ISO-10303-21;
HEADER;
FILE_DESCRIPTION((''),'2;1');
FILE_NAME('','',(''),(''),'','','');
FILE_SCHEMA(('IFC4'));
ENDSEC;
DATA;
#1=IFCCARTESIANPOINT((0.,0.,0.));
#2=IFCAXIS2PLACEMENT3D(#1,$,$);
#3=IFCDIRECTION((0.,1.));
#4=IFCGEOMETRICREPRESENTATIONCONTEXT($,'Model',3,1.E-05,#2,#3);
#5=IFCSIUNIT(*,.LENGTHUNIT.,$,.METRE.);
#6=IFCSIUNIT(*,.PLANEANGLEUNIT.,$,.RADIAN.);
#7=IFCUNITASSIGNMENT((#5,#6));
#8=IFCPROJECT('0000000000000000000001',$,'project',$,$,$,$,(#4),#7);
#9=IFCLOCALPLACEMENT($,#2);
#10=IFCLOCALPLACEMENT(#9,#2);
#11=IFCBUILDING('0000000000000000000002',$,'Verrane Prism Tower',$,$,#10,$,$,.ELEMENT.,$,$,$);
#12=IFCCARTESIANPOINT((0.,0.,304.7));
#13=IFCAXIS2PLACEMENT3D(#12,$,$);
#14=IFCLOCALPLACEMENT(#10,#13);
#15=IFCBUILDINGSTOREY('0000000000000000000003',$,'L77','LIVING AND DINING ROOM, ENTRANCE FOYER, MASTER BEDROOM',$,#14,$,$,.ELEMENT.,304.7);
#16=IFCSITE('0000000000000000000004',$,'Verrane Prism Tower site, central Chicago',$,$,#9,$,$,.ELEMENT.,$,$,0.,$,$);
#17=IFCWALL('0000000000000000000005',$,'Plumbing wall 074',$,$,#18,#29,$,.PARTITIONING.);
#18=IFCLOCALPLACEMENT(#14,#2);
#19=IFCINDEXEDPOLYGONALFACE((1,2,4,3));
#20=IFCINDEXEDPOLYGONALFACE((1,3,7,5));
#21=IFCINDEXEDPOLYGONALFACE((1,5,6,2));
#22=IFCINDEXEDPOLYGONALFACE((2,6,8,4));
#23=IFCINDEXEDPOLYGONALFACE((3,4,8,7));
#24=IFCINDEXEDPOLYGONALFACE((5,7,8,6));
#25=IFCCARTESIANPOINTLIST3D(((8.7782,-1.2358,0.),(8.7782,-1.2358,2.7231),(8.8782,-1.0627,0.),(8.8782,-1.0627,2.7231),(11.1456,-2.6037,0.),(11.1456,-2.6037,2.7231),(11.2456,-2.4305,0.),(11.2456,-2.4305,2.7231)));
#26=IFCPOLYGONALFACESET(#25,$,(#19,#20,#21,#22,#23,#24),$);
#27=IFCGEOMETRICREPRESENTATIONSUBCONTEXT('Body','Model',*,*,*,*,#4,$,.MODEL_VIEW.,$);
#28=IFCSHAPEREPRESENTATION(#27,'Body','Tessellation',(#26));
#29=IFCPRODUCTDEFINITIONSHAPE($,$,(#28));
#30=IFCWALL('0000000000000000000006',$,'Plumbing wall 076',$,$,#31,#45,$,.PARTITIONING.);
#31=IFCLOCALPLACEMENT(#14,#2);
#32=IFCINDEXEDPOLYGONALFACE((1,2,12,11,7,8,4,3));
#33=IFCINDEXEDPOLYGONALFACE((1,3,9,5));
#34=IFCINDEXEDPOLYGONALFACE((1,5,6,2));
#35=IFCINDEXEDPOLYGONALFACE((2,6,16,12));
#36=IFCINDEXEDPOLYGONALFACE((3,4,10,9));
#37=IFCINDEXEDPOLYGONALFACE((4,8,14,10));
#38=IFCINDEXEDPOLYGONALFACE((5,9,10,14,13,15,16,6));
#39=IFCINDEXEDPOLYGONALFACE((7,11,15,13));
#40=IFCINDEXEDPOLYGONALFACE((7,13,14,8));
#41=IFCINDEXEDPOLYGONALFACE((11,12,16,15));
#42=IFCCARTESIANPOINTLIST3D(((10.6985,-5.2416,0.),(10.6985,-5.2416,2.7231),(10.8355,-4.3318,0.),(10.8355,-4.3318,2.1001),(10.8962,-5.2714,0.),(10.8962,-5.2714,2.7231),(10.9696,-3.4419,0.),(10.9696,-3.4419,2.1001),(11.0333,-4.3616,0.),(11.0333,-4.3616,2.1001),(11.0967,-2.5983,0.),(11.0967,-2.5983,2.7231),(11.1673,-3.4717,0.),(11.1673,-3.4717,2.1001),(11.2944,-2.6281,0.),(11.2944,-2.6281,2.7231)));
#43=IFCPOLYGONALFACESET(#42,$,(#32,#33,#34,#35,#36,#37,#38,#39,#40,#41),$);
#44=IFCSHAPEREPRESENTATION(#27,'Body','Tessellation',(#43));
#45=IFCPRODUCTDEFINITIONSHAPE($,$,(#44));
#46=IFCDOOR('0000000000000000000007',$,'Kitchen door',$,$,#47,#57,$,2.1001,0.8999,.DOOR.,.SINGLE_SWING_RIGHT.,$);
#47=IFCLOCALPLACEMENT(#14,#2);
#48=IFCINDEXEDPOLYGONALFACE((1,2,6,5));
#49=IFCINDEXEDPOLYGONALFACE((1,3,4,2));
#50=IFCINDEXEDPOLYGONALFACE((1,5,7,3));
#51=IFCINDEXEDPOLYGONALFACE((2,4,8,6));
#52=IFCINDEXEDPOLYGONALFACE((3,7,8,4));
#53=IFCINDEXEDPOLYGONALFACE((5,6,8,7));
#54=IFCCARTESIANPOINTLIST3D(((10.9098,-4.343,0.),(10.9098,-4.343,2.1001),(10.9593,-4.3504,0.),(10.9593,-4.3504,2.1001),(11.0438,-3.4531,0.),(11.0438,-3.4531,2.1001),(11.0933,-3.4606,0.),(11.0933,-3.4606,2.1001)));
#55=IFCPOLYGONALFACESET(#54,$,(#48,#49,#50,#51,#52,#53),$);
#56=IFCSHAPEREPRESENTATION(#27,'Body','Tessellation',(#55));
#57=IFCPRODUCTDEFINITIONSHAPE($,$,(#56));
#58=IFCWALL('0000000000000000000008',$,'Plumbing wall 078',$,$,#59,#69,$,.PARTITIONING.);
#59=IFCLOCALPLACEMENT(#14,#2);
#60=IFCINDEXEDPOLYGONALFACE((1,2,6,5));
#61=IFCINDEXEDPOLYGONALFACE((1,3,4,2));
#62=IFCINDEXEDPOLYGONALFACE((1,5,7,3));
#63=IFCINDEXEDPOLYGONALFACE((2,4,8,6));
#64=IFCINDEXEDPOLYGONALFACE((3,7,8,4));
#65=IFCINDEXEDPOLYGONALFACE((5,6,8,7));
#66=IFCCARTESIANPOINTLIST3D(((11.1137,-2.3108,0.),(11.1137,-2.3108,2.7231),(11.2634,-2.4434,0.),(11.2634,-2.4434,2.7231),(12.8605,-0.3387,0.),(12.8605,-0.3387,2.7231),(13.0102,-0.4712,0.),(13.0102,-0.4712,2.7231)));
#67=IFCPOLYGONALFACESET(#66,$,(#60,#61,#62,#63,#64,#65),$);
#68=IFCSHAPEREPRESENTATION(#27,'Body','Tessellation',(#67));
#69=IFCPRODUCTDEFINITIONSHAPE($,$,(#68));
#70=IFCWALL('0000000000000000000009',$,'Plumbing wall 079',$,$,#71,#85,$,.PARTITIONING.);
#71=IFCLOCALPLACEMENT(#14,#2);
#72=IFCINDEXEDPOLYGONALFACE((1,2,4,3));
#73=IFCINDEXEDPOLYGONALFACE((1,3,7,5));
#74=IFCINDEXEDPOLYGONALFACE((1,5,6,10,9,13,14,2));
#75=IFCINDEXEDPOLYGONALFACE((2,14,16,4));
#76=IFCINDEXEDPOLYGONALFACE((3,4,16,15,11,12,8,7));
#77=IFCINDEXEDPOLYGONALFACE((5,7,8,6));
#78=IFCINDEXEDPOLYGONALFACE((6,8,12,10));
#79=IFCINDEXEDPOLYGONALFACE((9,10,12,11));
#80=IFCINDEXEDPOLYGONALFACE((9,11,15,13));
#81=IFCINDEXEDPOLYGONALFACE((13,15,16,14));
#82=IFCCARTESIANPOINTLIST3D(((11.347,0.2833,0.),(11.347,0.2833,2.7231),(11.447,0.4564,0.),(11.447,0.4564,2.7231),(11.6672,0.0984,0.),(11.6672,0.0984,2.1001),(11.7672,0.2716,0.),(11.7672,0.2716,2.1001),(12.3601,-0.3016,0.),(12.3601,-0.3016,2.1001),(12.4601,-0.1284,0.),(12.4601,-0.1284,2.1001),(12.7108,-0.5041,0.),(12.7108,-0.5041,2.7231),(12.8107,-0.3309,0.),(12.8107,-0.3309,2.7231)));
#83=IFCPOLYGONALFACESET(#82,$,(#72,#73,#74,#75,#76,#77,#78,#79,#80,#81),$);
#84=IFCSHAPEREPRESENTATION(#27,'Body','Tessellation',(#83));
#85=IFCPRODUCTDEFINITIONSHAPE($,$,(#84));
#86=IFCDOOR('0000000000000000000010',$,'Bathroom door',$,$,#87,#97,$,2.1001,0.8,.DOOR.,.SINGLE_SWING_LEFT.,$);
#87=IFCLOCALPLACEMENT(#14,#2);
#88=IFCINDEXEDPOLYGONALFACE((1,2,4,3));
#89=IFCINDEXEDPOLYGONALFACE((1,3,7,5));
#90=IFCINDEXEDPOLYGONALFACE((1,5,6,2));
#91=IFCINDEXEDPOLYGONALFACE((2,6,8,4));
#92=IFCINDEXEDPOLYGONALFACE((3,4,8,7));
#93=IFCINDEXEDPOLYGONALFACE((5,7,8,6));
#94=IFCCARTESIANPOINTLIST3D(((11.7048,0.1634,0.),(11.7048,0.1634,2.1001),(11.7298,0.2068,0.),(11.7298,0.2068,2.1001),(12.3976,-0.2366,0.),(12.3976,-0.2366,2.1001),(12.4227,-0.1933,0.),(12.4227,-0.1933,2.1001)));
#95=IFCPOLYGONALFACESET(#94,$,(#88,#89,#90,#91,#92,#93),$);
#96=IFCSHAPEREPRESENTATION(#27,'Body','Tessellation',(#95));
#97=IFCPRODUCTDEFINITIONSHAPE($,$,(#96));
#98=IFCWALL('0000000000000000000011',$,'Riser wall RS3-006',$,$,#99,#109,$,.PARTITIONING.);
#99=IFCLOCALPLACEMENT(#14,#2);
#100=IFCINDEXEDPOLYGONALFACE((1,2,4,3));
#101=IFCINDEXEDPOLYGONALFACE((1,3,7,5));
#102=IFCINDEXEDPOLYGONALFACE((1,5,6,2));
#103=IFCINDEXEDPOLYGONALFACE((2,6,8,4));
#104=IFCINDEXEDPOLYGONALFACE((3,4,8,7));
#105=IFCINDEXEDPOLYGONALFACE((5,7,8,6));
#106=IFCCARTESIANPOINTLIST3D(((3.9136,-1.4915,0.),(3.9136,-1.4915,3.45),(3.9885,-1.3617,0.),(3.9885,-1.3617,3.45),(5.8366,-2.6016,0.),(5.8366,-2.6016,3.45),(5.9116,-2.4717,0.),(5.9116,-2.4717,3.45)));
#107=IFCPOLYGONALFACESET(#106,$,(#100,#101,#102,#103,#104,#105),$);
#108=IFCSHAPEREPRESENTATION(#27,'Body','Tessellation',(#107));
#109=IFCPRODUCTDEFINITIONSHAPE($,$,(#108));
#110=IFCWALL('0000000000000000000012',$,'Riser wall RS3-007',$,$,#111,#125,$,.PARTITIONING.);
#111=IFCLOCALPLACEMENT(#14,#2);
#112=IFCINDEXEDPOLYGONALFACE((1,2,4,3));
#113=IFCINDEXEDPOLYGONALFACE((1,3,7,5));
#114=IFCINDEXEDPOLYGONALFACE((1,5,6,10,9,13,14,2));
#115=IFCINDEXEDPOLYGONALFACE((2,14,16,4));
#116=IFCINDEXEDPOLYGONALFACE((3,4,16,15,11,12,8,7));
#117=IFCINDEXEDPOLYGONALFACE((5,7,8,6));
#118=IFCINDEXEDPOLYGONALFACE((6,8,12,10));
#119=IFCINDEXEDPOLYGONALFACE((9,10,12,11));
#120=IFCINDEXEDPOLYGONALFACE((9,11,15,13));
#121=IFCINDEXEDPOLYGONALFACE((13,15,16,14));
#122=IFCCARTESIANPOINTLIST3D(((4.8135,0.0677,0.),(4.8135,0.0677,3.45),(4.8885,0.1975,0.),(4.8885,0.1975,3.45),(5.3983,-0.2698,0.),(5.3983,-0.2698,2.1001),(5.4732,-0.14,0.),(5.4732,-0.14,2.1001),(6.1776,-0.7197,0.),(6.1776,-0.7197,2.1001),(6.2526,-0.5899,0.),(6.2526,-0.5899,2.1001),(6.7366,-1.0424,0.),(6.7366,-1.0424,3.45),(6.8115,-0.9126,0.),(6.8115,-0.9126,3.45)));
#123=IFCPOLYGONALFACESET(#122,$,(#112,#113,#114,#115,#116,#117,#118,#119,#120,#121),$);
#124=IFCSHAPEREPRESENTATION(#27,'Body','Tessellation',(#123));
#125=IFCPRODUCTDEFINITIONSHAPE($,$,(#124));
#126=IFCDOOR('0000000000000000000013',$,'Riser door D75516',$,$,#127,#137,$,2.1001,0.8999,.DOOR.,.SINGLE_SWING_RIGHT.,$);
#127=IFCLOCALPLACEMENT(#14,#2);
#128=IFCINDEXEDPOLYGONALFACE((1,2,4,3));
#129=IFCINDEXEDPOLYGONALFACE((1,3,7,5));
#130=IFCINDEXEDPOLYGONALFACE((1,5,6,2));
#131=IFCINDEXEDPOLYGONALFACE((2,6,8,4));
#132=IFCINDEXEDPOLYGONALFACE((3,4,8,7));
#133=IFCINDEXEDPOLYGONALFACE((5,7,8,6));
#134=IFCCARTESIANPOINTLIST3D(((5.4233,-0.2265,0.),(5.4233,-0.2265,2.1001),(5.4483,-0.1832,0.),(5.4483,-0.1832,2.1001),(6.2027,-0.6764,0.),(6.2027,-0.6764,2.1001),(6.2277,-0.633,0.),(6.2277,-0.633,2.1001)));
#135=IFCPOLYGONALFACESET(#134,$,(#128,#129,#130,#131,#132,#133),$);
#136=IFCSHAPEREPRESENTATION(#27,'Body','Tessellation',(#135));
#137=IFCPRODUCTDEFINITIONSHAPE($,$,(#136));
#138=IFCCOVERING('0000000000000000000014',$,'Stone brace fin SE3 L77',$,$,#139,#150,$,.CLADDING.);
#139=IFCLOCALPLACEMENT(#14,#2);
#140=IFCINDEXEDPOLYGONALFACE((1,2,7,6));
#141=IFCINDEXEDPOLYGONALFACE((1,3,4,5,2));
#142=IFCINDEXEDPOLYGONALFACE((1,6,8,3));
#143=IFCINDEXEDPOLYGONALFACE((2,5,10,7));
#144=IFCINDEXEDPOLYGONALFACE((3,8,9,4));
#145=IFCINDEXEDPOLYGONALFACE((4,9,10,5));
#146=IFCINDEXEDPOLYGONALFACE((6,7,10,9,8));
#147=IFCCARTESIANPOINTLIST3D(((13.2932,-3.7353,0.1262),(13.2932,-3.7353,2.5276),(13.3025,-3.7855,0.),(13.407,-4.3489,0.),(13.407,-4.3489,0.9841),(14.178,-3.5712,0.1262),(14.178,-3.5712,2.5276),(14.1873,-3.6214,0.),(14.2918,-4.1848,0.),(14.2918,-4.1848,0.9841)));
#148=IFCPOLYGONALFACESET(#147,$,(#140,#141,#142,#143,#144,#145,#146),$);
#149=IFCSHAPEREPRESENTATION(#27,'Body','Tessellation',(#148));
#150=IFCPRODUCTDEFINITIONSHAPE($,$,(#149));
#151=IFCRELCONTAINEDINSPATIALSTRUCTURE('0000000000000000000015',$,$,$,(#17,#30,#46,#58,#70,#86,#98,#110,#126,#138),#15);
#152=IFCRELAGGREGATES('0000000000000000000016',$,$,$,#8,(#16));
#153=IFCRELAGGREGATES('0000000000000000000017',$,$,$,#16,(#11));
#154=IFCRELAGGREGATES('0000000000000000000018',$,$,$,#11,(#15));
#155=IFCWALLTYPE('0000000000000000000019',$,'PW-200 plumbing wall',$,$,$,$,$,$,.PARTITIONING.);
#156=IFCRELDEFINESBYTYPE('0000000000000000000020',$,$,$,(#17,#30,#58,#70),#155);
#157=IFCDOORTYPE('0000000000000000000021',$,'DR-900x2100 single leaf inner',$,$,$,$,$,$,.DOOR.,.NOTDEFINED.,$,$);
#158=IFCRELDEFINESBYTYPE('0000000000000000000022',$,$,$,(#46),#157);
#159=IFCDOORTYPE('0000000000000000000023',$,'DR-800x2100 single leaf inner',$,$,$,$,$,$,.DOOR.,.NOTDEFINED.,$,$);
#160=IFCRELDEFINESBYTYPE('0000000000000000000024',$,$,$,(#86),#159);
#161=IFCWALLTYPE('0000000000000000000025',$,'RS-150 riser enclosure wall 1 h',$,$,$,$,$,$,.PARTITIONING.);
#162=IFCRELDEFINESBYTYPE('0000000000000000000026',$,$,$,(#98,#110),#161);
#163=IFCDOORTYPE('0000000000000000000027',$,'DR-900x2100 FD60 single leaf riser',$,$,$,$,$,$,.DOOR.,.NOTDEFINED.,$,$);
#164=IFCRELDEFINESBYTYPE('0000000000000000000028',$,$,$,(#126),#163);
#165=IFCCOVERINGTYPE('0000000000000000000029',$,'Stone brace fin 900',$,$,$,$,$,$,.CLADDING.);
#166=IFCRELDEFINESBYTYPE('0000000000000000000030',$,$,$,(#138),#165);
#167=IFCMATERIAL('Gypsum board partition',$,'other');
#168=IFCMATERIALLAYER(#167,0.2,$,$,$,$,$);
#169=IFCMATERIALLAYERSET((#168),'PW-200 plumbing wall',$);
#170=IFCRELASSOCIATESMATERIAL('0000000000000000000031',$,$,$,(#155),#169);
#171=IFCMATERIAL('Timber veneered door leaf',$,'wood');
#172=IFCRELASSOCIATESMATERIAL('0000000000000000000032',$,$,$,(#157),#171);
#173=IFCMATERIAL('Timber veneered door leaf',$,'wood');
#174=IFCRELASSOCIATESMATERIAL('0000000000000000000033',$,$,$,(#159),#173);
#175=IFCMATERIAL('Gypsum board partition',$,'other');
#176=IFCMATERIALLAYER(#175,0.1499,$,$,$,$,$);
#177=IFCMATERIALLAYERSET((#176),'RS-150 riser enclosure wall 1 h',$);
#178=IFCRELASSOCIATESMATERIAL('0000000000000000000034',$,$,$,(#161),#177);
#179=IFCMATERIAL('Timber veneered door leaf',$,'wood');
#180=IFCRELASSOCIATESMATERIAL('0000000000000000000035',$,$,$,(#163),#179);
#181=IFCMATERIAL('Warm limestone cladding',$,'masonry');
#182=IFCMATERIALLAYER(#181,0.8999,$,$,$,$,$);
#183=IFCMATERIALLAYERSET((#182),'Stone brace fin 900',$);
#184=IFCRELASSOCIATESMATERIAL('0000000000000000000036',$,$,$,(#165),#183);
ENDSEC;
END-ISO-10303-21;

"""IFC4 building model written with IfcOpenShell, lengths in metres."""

from ifc_helpers import new_model, si_unit, direction, frame, frame_2d, origin, place, context, subcontext, project, spatial, polyline, rectangle, outline, extrude, material, layer, layer_set, type_object, element, fill, save


model = new_model("IFC4")

# Units and contexts
model_context = context("Model", 3, precision=1e-05, world=origin(), true_north=direction((0.0, 1.0)))
body_context = subcontext(model_context, "Body", "Model", "MODEL_VIEW")
ifc_project = project(units=[si_unit("LENGTHUNIT", "METRE"), si_unit("PLANEANGLEUNIT", "RADIAN")], contexts=[model_context])

# Site, building, storey
site_placement = place(None, origin())
site = spatial("IfcSite", under=ifc_project, at=site_placement, Name="Verrane Prism Tower site, central Chicago", CompositionType="ELEMENT", RefElevation=0.0)
building_placement = place(site_placement, origin())
building = spatial("IfcBuilding", under=site, at=building_placement, Name="Verrane Prism Tower", CompositionType="ELEMENT")
storey_placement = place(building_placement, frame((0.0, 0.0, 304.7)))
storey = spatial("IfcBuildingStorey", under=building, at=storey_placement, Name="L77", Description="LIVING AND DINING ROOM, ENTRANCE FOYER, MASTER BEDROOM", CompositionType="ELEMENT", Elevation=304.7)

# Wall
ifc_material_1 = material(Name="Gypsum board partition", Category="other")
ifc_layer_1 = layer(ifc_material_1, 0.2)
ifc_layer_set_1 = layer_set([ifc_layer_1], Name="PW-200 plumbing wall")
wall_type_1 = type_object("IfcWallType", Name="PW-200 plumbing wall", PredefinedType="PARTITIONING", material=ifc_layer_set_1)
wall_1_placement = place(storey_placement, frame((8.8281, -1.1492, 0.0), z_axis=(0.0, 0.0, 1.0), x_axis=(0.865854, -0.500297, 0.0)))
element("IfcWall", 1, at=wall_1_placement, inside=storey, type_object=wall_type_1, Name="Plumbing wall 074", PredefinedType="PARTITIONING", context=body_context, shape_type="SweptSolid", body=[
    extrude(rectangle(XDim=2.7341, YDim=0.2, at=frame_2d((1.3672, 0.0))), origin(), (0.0, 0.0, 1.0), 2.7231),
])

# Wall, opening, door
wall_2_placement = place(storey_placement, frame((10.7974, -5.2563, 0.0), z_axis=(0.0, 0.0, 1.0), x_axis=(0.148961, 0.988843, 0.0)))
wall_2 = element("IfcWall", 2, at=wall_2_placement, inside=storey, type_object=wall_type_1, Name="Plumbing wall 076", PredefinedType="PARTITIONING", context=body_context, shape_type="SweptSolid", body=[
    extrude(rectangle(XDim=2.6731, YDim=0.2, at=frame_2d((1.3364, 0.0))), origin(), (0.0, 0.0, 1.0), 2.7231),
])
opening_1_placement = place(wall_2_placement, frame((0.9199, 0.0, 0.0)))
opening_1 = element("IfcOpeningElement", 3, at=opening_1_placement, cuts=wall_2, PredefinedType="OPENING", context=body_context, shape_type="SweptSolid", body=[
    extrude(rectangle(XDim=0.8999, YDim=2.1001, at=frame_2d((0.45, 1.05))), frame((0.0, 0.1099, 0.0), z_axis=(0.0, -1.0, 0.0), x_axis=(1.0, 0.0, 0.0)), (0.0, 0.0, 1.0), 0.22),
])
ifc_material_2 = material(Name="Timber veneered door leaf", Category="wood")
door_type_1 = type_object("IfcDoorType", Name="DR-900x2100 single leaf inner", OperationType="NOTDEFINED", PredefinedType="DOOR", material=ifc_material_2)
door_1_placement = place(opening_1_placement, origin())
door_1 = element("IfcDoor", 4, at=door_1_placement, inside=storey, type_object=door_type_1, Name="Kitchen door", OperationType="SINGLE_SWING_RIGHT", OverallHeight=2.1001, OverallWidth=0.8999, PredefinedType="DOOR", context=body_context, shape_type="SweptSolid", body=[
    extrude(rectangle(XDim=0.8999, YDim=2.1001, at=frame_2d((0.45, 1.05))), frame((0.0, 0.0249, 0.0), z_axis=(0.0, -1.0, 0.0), x_axis=(1.0, 0.0, 0.0)), (0.0, 0.0, 1.0), 0.05),
])
fill(opening_1, door_1)

# Wall
wall_3_placement = place(storey_placement, frame((11.1885, -2.3772, 0.0), z_axis=(0.0, 0.0, 1.0), x_axis=(0.663046, 0.748579, 0.0)))
element("IfcWall", 5, at=wall_3_placement, inside=storey, type_object=wall_type_1, Name="Plumbing wall 078", PredefinedType="PARTITIONING", context=body_context, shape_type="SweptSolid", body=[
    extrude(rectangle(XDim=2.6345, YDim=0.2, at=frame_2d((1.3174, 0.0))), origin(), (0.0, 0.0, 1.0), 2.7231),
])

# Wall, opening, door
wall_4_placement = place(storey_placement, frame((12.7607, -0.4175, 0.0), z_axis=(0.0, 0.0, 1.0), x_axis=(-0.866031, 0.499991, 0.0)))
wall_4 = element("IfcWall", 6, at=wall_4_placement, inside=storey, type_object=wall_type_1, Name="Plumbing wall 079", PredefinedType="PARTITIONING", context=body_context, shape_type="SweptSolid", body=[
    extrude(rectangle(XDim=1.5747, YDim=0.2, at=frame_2d((0.7874, 0.0))), origin(), (0.0, 0.0, 1.0), 2.7231),
])
opening_2_placement = place(wall_4_placement, frame((0.405, 0.0, 0.0)))
opening_2 = element("IfcOpeningElement", 7, at=opening_2_placement, cuts=wall_4, PredefinedType="OPENING", context=body_context, shape_type="SweptSolid", body=[
    extrude(rectangle(XDim=0.8, YDim=2.1001, at=frame_2d((0.3999, 1.05))), frame((0.0, 0.1099, 0.0), z_axis=(0.0, -1.0, 0.0), x_axis=(1.0, 0.0, 0.0)), (0.0, 0.0, 1.0), 0.22),
])
ifc_material_3 = material(Name="Timber veneered door leaf", Category="wood")
door_type_2 = type_object("IfcDoorType", Name="DR-800x2100 single leaf inner", OperationType="NOTDEFINED", PredefinedType="DOOR", material=ifc_material_3)
door_2_placement = place(opening_2_placement, origin())
door_2 = element("IfcDoor", 8, at=door_2_placement, inside=storey, type_object=door_type_2, Name="Bathroom door", OperationType="SINGLE_SWING_LEFT", OverallHeight=2.1001, OverallWidth=0.8, PredefinedType="DOOR", context=body_context, shape_type="SweptSolid", body=[
    extrude(rectangle(XDim=0.8, YDim=2.1001, at=frame_2d((0.3999, 1.05))), frame((0.0, 0.0249, 0.0), z_axis=(0.0, -1.0, 0.0), x_axis=(1.0, 0.0, 0.0)), (0.0, 0.0, 1.0), 0.05),
])
fill(opening_2, door_2)

# Wall
ifc_material_4 = material(Name="Gypsum board partition", Category="other")
ifc_layer_2 = layer(ifc_material_4, 0.1499)
ifc_layer_set_2 = layer_set([ifc_layer_2], Name="RS-150 riser enclosure wall 1 h")
wall_type_2 = type_object("IfcWallType", Name="RS-150 riser enclosure wall 1 h", PredefinedType="PARTITIONING", material=ifc_layer_set_2)
wall_5_placement = place(storey_placement, frame((3.9509, -1.4265, 0.0), z_axis=(0.0, 0.0, 1.0), x_axis=(0.866063, -0.499935, 0.0)))
element("IfcWall", 9, at=wall_5_placement, inside=storey, type_object=wall_type_2, Name="Riser wall RS3-006", PredefinedType="PARTITIONING", context=body_context, shape_type="SweptSolid", body=[
    extrude(rectangle(XDim=2.2205, YDim=0.1499, at=frame_2d((1.1104, 0.0))), origin(), (0.0, 0.0, 1.0), 3.45),
])

# Wall, opening, door
wall_6_placement = place(storey_placement, frame((6.7742, -0.9775, 0.0), z_axis=(0.0, 0.0, 1.0), x_axis=(-0.866063, 0.499935, 0.0)))
wall_6 = element("IfcWall", 10, at=wall_6_placement, inside=storey, type_object=wall_type_2, Name="Riser wall RS3-007", PredefinedType="PARTITIONING", context=body_context, shape_type="SweptSolid", body=[
    extrude(rectangle(XDim=2.2205, YDim=0.1499, at=frame_2d((1.1104, 0.0))), origin(), (0.0, 0.0, 1.0), 3.45),
])
opening_3_placement = place(wall_6_placement, frame((0.6455, 0.0, 0.0)))
opening_3 = element("IfcOpeningElement", 11, at=opening_3_placement, cuts=wall_6, PredefinedType="OPENING", context=body_context, shape_type="SweptSolid", body=[
    extrude(rectangle(XDim=0.8999, YDim=2.1001, at=frame_2d((0.45, 1.05))), frame((0.0, 0.085, 0.0), z_axis=(0.0, -1.0, 0.0), x_axis=(1.0, 0.0, 0.0)), (0.0, 0.0, 1.0), 0.1699),
])
ifc_material_5 = material(Name="Timber veneered door leaf", Category="wood")
door_type_3 = type_object("IfcDoorType", Name="DR-900x2100 FD60 single leaf riser", OperationType="NOTDEFINED", PredefinedType="DOOR", material=ifc_material_5)
door_3_placement = place(opening_3_placement, origin())
door_3 = element("IfcDoor", 12, at=door_3_placement, inside=storey, type_object=door_type_3, Name="Riser door D75516", OperationType="SINGLE_SWING_RIGHT", OverallHeight=2.1001, OverallWidth=0.8999, PredefinedType="DOOR", context=body_context, shape_type="SweptSolid", body=[
    extrude(rectangle(XDim=0.8999, YDim=2.1001, at=frame_2d((0.45, 1.05))), frame((0.0, 0.0249, 0.0), z_axis=(0.0, -1.0, 0.0), x_axis=(1.0, 0.0, 0.0)), (0.0, 0.0, 1.0), 0.05),
])
fill(opening_3, door_3)

# Covering
ifc_material_6 = material(Name="Warm limestone cladding", Category="masonry")
ifc_layer_3 = layer(ifc_material_6, 0.8999)
ifc_layer_set_3 = layer_set([ifc_layer_3], Name="Stone brace fin 900")
covering_type = type_object("IfcCoveringType", Name="Stone brace fin 900", PredefinedType="CLADDING", material=ifc_layer_set_3)
covering_placement = place(storey_placement, frame((13.8494, -4.2668, 0.0), z_axis=(0.0, 0.0, 1.0), x_axis=(-0.182327, 0.983238, 0.0)))
element("IfcCovering", 13, at=covering_placement, inside=storey, type_object=covering_type, Name="Stone brace fin SE3 L77", PredefinedType="CLADDING", context=body_context, shape_type="SweptSolid", body=[
    extrude(outline(polyline([(0.0, 0.0), (0.573, 0.0), (0.624, 0.1262), (0.624, 2.5276), (0.0, 0.9841), (0.0, 0.0)])), frame((0.0, 0.45, 0.0), z_axis=(0.0, -1.0, 0.0), x_axis=(1.0, 0.0, 0.0)), (0.0, 0.0, 1.0), 0.8999),
])

save(model, "model.ifc")
